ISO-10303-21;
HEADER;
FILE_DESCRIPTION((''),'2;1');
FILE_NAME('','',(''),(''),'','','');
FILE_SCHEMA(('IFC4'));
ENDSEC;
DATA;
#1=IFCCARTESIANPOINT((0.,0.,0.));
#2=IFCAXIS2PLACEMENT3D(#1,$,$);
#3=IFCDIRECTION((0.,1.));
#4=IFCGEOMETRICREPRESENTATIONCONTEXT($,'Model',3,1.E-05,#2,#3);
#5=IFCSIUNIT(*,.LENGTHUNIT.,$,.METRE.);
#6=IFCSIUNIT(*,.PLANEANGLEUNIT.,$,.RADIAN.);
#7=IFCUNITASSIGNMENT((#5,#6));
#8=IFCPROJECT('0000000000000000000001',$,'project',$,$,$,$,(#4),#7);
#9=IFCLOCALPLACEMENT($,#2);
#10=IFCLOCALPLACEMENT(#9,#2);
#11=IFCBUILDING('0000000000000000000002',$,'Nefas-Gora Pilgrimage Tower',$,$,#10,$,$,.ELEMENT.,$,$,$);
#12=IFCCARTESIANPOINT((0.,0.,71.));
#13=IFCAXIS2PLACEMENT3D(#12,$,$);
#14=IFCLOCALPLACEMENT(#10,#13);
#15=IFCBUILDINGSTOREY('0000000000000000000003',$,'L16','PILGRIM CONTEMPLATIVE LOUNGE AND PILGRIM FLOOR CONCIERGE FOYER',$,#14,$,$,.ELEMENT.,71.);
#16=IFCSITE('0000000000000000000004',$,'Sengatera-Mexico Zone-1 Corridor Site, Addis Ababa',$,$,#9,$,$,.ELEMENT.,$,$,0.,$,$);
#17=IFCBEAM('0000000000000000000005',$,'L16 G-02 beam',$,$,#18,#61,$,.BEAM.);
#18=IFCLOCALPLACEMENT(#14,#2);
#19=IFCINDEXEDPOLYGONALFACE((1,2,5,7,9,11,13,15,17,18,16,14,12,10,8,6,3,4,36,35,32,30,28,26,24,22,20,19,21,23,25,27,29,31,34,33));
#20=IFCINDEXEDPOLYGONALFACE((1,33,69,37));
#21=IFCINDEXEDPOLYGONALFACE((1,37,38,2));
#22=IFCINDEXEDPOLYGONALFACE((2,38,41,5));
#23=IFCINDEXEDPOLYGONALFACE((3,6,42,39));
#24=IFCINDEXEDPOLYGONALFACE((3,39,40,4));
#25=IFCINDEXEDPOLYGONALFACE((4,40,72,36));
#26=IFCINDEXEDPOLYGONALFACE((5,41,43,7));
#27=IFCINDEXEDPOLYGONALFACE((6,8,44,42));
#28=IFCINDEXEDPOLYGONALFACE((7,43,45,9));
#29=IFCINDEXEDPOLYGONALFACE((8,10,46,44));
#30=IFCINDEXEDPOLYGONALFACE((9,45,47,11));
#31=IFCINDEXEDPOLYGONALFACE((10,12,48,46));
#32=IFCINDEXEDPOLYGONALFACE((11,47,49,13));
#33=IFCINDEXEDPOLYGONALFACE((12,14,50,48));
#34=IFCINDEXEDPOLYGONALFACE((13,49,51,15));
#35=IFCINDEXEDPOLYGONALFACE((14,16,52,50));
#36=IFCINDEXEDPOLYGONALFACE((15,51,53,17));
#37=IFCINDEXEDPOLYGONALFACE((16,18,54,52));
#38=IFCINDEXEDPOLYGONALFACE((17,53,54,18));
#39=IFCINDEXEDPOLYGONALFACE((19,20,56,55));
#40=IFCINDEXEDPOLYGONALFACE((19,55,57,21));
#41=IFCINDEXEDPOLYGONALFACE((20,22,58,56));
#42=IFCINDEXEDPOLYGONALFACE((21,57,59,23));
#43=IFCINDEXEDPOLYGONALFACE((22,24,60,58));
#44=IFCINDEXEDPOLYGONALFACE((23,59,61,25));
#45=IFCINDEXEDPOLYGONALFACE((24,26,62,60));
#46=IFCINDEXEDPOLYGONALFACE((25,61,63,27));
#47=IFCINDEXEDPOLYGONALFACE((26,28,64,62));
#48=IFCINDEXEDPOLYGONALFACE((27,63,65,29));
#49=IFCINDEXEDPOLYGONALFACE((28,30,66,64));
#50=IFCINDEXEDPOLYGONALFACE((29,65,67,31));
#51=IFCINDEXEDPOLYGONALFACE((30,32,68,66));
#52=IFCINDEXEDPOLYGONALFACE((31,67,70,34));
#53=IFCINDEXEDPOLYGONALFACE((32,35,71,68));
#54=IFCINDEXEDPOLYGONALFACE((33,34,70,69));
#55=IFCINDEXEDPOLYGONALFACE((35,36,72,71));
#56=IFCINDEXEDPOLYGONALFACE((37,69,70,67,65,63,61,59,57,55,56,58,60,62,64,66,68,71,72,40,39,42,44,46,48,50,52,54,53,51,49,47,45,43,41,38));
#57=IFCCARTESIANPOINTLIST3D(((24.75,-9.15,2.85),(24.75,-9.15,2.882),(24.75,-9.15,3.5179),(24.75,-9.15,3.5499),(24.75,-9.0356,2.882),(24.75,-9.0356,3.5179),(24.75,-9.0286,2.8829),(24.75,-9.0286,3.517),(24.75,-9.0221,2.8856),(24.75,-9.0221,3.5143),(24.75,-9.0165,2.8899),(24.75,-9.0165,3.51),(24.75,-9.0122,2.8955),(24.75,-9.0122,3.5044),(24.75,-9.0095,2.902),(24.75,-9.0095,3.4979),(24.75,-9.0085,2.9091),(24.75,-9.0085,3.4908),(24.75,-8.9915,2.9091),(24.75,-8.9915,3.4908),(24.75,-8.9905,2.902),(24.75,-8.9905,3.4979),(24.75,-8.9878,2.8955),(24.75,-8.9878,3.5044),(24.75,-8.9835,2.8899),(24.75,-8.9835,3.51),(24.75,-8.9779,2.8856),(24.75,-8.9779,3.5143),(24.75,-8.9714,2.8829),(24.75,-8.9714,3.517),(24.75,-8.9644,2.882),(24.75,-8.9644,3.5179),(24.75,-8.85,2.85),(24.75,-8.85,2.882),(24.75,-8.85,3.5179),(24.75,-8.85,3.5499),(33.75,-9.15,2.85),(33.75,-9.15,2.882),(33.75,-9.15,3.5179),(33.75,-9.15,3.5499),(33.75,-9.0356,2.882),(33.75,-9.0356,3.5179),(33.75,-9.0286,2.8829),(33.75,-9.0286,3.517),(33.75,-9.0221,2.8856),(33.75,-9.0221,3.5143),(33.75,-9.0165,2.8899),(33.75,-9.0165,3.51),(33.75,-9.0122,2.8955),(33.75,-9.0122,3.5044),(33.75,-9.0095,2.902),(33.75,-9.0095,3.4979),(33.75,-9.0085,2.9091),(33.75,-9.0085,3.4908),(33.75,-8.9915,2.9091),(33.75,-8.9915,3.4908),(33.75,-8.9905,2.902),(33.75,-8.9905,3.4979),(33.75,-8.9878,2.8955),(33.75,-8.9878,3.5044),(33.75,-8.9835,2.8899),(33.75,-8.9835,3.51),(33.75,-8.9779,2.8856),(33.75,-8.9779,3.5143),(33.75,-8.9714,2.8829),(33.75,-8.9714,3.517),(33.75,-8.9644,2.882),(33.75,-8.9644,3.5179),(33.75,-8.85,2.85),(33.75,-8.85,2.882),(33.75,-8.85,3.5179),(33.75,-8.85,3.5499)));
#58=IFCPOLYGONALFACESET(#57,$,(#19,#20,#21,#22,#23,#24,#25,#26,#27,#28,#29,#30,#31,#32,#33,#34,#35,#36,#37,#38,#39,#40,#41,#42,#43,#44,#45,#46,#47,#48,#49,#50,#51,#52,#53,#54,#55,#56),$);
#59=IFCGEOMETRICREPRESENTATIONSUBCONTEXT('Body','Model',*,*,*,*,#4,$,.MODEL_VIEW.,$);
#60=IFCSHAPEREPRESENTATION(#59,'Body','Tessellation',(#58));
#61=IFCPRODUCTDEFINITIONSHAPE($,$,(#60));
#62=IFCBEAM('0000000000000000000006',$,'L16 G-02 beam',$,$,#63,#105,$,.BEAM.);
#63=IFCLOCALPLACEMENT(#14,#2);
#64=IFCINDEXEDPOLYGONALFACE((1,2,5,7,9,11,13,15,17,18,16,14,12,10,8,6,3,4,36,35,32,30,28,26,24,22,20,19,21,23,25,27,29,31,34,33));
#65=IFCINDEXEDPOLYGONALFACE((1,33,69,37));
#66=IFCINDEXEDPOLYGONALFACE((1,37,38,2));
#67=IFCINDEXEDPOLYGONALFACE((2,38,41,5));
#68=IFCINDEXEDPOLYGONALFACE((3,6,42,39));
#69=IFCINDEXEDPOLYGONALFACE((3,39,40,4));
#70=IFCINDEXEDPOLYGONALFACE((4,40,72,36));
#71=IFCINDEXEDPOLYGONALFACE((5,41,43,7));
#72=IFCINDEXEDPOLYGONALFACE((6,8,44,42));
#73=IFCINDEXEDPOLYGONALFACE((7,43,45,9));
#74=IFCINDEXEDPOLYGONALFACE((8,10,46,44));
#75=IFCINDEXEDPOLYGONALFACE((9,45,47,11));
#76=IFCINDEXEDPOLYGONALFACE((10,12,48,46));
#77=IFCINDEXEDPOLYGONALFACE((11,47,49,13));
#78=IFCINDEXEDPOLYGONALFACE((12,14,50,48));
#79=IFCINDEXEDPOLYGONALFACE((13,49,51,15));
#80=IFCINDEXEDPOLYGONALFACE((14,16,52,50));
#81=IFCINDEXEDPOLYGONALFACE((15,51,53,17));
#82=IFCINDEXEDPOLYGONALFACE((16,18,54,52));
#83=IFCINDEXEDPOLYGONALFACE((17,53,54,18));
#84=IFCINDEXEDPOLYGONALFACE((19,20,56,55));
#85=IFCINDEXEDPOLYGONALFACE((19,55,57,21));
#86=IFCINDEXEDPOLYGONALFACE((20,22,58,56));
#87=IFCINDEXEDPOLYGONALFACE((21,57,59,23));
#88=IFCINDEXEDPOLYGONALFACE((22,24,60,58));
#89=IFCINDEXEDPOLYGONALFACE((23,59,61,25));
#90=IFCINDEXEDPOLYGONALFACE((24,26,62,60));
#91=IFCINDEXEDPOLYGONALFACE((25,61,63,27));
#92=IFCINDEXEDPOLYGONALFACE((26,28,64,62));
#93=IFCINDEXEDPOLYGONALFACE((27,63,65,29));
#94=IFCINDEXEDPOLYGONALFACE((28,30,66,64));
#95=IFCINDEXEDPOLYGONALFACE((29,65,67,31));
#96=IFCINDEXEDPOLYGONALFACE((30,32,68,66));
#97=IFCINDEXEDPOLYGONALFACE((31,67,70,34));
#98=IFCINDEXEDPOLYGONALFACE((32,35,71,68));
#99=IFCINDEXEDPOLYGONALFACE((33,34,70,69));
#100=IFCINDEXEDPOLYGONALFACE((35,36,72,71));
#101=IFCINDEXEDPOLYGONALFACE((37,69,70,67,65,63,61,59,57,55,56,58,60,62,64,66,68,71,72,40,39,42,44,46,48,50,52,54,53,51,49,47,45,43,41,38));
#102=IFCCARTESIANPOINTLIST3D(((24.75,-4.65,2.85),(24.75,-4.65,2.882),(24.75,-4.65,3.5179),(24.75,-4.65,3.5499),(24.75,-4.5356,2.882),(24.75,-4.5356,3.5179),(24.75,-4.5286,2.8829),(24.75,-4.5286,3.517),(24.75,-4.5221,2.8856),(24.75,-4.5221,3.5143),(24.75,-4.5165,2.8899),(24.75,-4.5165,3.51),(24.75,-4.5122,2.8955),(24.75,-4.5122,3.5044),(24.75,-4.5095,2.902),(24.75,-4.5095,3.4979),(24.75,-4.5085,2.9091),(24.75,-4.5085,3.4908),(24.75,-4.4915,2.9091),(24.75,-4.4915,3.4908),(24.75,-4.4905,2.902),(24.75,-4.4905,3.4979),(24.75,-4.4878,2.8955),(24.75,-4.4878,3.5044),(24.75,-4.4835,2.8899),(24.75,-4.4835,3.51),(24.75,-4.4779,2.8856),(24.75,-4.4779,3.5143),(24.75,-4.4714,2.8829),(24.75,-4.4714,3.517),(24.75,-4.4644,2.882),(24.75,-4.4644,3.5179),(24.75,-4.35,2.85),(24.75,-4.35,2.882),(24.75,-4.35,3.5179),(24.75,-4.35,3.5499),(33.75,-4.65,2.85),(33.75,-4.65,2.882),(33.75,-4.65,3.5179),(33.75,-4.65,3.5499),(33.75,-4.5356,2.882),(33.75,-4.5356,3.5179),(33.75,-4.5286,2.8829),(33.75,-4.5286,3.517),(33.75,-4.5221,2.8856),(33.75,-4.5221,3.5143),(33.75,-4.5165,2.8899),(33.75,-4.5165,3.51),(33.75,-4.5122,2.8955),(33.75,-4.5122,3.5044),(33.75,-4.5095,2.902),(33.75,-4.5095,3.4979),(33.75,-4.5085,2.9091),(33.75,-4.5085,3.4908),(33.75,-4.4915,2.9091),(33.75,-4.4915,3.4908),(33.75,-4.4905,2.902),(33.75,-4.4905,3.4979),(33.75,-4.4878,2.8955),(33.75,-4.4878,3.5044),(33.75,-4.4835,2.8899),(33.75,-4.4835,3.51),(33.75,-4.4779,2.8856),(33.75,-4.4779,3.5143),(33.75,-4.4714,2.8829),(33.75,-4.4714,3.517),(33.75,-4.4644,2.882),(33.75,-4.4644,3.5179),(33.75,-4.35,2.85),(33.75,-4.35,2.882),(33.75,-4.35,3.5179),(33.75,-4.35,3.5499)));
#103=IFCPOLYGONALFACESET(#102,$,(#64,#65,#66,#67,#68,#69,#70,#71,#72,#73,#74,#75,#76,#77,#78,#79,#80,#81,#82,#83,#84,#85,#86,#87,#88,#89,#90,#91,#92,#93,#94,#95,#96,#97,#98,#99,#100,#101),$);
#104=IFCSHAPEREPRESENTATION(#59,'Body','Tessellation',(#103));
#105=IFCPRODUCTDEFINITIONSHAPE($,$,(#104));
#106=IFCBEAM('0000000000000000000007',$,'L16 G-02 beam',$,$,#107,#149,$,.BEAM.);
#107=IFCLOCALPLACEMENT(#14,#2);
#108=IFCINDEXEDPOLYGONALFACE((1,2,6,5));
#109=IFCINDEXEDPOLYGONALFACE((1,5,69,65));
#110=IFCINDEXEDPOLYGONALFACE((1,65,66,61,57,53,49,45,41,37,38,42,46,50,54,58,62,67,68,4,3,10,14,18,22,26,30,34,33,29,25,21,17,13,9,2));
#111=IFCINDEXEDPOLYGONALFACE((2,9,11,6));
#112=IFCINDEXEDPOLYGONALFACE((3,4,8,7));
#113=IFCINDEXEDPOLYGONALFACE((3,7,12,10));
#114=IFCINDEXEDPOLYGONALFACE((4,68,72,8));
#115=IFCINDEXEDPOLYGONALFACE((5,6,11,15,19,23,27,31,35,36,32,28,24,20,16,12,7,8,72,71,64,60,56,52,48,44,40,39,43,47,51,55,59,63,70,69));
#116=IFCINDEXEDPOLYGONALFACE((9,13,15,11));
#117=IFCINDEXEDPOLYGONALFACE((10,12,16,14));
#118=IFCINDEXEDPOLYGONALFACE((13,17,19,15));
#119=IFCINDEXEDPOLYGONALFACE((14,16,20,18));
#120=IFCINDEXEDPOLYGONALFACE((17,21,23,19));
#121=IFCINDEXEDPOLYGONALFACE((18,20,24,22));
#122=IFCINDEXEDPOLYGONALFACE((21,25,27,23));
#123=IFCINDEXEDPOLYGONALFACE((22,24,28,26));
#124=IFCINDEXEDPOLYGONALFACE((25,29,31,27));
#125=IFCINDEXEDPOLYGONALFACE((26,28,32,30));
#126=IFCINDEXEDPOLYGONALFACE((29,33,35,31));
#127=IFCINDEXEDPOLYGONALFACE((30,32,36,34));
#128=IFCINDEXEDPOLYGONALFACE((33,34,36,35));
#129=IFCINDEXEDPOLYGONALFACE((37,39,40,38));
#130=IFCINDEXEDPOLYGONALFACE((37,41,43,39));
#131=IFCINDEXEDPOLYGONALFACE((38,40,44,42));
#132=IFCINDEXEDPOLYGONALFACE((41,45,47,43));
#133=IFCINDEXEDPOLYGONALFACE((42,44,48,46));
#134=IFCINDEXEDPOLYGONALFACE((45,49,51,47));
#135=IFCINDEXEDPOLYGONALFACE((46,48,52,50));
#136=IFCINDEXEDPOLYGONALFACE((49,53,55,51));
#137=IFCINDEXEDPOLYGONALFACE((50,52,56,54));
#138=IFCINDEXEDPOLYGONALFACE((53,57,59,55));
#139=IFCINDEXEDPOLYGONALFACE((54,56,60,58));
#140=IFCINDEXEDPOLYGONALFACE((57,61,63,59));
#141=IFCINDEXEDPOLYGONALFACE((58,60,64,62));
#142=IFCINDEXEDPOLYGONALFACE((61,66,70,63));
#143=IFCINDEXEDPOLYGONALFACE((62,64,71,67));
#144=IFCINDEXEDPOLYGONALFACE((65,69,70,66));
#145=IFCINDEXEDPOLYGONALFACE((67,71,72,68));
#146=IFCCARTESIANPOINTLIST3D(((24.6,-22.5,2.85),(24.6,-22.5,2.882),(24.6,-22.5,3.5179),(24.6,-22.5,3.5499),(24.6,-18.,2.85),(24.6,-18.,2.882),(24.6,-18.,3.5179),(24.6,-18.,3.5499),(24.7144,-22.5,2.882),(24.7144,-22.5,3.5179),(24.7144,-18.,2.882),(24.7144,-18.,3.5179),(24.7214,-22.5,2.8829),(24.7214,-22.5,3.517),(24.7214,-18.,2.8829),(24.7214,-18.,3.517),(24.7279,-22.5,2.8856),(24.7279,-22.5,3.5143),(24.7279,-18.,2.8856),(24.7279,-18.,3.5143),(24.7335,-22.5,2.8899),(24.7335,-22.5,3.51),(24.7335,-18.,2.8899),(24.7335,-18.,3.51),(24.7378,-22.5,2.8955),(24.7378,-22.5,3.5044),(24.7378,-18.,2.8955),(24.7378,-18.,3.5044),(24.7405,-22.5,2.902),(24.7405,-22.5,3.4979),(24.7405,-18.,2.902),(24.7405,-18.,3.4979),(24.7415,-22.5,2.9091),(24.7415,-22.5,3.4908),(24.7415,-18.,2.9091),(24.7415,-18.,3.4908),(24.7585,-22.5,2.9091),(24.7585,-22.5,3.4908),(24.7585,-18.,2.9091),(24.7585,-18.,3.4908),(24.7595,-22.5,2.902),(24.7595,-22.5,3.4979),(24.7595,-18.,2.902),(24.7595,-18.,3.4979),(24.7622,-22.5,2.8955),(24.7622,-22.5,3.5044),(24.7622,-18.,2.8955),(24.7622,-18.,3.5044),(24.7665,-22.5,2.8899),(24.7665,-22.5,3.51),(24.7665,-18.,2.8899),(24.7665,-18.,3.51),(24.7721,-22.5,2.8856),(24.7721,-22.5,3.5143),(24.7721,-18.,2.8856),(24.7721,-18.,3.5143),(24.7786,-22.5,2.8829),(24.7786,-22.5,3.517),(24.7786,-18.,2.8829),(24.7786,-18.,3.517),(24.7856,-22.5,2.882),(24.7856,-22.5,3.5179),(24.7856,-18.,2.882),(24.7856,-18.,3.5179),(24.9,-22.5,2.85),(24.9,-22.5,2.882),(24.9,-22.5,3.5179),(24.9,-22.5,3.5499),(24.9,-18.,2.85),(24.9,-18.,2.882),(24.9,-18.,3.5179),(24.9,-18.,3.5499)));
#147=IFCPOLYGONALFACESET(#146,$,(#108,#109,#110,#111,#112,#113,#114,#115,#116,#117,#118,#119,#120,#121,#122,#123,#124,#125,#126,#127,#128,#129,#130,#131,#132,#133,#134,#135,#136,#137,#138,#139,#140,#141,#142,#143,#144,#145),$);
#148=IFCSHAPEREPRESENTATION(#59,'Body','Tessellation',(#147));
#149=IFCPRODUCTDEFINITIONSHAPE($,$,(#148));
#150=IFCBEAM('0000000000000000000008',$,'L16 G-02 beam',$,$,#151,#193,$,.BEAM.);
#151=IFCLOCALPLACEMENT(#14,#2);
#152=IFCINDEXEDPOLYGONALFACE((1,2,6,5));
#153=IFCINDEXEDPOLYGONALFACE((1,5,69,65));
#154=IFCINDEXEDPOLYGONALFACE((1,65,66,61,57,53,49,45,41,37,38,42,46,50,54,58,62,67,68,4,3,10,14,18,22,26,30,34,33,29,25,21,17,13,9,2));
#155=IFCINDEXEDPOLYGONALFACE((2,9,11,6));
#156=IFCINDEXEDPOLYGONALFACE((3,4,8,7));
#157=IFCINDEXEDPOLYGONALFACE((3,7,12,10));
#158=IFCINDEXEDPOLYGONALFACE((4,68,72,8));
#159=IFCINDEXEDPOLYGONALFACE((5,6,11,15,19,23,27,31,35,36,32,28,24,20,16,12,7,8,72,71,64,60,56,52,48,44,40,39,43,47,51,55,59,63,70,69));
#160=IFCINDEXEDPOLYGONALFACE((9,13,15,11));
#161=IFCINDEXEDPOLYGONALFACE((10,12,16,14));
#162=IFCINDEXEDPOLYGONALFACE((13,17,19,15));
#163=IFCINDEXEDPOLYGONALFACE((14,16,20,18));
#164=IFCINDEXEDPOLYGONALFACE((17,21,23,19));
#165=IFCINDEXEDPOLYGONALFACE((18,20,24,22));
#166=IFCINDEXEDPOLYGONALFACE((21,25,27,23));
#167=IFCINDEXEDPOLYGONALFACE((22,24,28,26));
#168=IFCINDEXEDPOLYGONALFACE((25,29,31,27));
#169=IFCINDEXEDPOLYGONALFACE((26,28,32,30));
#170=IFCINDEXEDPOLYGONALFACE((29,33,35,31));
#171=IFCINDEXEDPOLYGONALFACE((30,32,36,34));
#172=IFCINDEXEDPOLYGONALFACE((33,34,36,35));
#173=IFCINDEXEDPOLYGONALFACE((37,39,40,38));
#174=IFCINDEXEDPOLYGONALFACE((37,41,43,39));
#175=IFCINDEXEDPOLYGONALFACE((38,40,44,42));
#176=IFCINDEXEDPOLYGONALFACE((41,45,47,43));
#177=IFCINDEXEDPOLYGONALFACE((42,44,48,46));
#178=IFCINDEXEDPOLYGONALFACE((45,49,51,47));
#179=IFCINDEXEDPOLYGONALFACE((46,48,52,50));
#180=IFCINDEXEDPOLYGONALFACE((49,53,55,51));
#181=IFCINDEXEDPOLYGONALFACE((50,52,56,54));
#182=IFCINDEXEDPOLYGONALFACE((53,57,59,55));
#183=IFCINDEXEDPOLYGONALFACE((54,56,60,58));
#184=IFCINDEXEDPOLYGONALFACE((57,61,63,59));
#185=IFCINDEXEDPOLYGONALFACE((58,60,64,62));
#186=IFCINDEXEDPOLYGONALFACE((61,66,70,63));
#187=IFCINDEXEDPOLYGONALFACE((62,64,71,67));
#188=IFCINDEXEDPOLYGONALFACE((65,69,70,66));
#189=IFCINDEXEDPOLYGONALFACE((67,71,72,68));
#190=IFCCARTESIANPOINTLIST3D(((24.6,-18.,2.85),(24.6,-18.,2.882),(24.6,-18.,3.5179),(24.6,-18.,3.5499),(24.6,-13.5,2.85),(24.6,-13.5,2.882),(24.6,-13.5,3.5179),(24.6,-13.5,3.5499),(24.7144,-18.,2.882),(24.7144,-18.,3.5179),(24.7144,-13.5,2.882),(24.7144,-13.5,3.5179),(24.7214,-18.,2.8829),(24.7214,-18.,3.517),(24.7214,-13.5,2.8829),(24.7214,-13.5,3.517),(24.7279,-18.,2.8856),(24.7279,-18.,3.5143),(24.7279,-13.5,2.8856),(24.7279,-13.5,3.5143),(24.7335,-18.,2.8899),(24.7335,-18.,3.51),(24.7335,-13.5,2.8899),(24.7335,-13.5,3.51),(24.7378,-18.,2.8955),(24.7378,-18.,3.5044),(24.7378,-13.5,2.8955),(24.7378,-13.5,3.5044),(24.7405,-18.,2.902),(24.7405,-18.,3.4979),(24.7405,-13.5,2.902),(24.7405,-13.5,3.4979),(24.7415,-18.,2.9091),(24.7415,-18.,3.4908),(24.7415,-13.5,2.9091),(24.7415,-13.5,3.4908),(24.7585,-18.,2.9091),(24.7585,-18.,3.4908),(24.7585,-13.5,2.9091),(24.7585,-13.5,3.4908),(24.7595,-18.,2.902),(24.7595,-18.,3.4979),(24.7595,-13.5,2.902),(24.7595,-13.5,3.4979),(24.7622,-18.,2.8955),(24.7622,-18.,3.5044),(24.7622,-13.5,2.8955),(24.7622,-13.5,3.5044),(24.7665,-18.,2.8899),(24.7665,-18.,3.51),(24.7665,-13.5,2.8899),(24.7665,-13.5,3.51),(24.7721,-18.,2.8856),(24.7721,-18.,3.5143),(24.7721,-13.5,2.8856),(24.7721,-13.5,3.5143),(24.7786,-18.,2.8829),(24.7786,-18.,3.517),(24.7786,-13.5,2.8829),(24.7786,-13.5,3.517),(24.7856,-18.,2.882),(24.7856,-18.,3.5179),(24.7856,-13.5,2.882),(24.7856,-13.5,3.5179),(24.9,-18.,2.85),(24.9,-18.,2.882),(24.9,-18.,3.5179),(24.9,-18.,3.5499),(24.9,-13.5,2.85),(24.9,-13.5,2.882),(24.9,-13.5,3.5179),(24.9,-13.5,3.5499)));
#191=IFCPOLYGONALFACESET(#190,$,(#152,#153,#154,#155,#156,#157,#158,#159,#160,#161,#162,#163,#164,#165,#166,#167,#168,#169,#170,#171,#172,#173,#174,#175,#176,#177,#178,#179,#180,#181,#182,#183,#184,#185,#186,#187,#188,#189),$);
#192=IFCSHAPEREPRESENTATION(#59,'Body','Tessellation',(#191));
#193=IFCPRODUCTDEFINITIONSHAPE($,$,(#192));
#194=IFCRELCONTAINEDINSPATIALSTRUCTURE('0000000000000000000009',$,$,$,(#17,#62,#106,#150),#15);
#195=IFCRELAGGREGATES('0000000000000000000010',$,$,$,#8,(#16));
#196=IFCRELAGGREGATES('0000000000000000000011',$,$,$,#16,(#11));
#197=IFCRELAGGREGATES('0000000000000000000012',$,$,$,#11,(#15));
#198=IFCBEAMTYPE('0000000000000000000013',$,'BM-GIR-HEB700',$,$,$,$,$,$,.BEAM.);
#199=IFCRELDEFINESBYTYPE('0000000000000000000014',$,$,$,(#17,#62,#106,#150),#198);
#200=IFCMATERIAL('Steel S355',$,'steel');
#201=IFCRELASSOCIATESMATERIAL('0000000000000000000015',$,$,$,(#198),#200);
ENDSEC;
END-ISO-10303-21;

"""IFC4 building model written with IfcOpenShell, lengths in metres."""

from ifc_helpers import new_model, si_unit, direction, frame, origin, origin_2d, place, context, subcontext, project, spatial, i_section, extrude, source, transform, mapped, material, material_profile, profile_set, type_object, element, save


model = new_model("IFC4")

# Units and contexts
model_context = context("Model", 3, precision=1e-05, world=origin(), true_north=direction((0.0, 1.0)))
body_context = subcontext(model_context, "Body", "Model", "MODEL_VIEW")
ifc_project = project(units=[si_unit("LENGTHUNIT", "METRE"), si_unit("PLANEANGLEUNIT", "RADIAN")], contexts=[model_context])

# Site, building, storey
site_placement = place(None, origin())
site = spatial("IfcSite", under=ifc_project, at=site_placement, Name="Sengatera-Mexico Zone-1 Corridor Site, Addis Ababa", CompositionType="ELEMENT", RefElevation=0.0)
building_placement = place(site_placement, origin())
building = spatial("IfcBuilding", under=site, at=building_placement, Name="Nefas-Gora Pilgrimage Tower", CompositionType="ELEMENT")
storey_placement = place(building_placement, frame((0.0, 0.0, 71.0)))
storey = spatial("IfcBuildingStorey", under=building, at=storey_placement, Name="L16", Description="PILGRIM CONTEMPLATIVE LOUNGE AND PILGRIM FLOOR CONCIERGE FOYER", CompositionType="ELEMENT", Elevation=71.0)

# Beams
ifc_material_1 = material(Name="Steel S355", Category="steel")
ifc_material_profile_1 = material_profile(ifc_material_1, i_section(OverallWidth=0.3, OverallDepth=0.7, WebThickness=0.0171, FlangeThickness=0.032, FilletRadius=0.0271, at=origin_2d()), Name="HEB 700")
ifc_profile_set_1 = profile_set([ifc_material_profile_1], Name="Steel S355")
beam_type_1 = type_object("IfcBeamType", Name="BM-GIR-HEB700", PredefinedType="BEAM", material=ifc_profile_set_1)
shared_shape_1 = source(origin(), body_context, "Body", "SweptSolid", [
    extrude(i_section(OverallWidth=0.3, OverallDepth=0.7, WebThickness=0.0171, FlangeThickness=0.032, FilletRadius=0.0271, at=origin_2d()), origin(), (0.0, 0.0, 1.0), 9.0),
])
for number, where, z_axis, x_axis, name in (
    (1, (24.75, -9.0, 3.2), (1.0, 0.0, 0.0), (0.0, 1.0, 0.0), "L16 G-02 beam"),
    (2, (24.75, -4.5, 3.2), (1.0, 0.0, 0.0), (0.0, 1.0, 0.0), "L16 G-02 beam"),
):
    element("IfcBeam", number, at=place(storey_placement, frame(where, z_axis=z_axis, x_axis=x_axis)), inside=storey, type_object=beam_type_1, Name=name, PredefinedType="BEAM", context=body_context, shape_type="MappedRepresentation", body=[
        mapped(shared_shape_1, transform((0.0, 0.0, 0.0), x_axis=(1.0, 0.0, 0.0), y_axis=(0.0, 1.0, 0.0), z_axis=(0.0, 0.0, 1.0), scale=1.0)),
    ])
shared_shape_2 = source(origin(), body_context, "Body", "SweptSolid", [
    extrude(i_section(OverallWidth=0.3, OverallDepth=0.7, WebThickness=0.0171, FlangeThickness=0.032, FilletRadius=0.0271, at=origin_2d()), origin(), (0.0, 0.0, 1.0), 4.5),
])
for number, where, z_axis, x_axis, name in (
    (3, (24.75, -22.5, 3.2), (0.0, 1.0, 0.0), (-1.0, 0.0, 0.0), "L16 G-02 beam"),
    (4, (24.75, -18.0, 3.2), (0.0, 1.0, 0.0), (-1.0, 0.0, 0.0), "L16 G-02 beam"),
):
    element("IfcBeam", number, at=place(storey_placement, frame(where, z_axis=z_axis, x_axis=x_axis)), inside=storey, type_object=beam_type_1, Name=name, PredefinedType="BEAM", context=body_context, shape_type="MappedRepresentation", body=[
        mapped(shared_shape_2, transform((0.0, 0.0, 0.0), x_axis=(1.0, 0.0, 0.0), y_axis=(0.0, 1.0, 0.0), z_axis=(0.0, 0.0, 1.0), scale=1.0)),
    ])

save(model, "model.ifc")
